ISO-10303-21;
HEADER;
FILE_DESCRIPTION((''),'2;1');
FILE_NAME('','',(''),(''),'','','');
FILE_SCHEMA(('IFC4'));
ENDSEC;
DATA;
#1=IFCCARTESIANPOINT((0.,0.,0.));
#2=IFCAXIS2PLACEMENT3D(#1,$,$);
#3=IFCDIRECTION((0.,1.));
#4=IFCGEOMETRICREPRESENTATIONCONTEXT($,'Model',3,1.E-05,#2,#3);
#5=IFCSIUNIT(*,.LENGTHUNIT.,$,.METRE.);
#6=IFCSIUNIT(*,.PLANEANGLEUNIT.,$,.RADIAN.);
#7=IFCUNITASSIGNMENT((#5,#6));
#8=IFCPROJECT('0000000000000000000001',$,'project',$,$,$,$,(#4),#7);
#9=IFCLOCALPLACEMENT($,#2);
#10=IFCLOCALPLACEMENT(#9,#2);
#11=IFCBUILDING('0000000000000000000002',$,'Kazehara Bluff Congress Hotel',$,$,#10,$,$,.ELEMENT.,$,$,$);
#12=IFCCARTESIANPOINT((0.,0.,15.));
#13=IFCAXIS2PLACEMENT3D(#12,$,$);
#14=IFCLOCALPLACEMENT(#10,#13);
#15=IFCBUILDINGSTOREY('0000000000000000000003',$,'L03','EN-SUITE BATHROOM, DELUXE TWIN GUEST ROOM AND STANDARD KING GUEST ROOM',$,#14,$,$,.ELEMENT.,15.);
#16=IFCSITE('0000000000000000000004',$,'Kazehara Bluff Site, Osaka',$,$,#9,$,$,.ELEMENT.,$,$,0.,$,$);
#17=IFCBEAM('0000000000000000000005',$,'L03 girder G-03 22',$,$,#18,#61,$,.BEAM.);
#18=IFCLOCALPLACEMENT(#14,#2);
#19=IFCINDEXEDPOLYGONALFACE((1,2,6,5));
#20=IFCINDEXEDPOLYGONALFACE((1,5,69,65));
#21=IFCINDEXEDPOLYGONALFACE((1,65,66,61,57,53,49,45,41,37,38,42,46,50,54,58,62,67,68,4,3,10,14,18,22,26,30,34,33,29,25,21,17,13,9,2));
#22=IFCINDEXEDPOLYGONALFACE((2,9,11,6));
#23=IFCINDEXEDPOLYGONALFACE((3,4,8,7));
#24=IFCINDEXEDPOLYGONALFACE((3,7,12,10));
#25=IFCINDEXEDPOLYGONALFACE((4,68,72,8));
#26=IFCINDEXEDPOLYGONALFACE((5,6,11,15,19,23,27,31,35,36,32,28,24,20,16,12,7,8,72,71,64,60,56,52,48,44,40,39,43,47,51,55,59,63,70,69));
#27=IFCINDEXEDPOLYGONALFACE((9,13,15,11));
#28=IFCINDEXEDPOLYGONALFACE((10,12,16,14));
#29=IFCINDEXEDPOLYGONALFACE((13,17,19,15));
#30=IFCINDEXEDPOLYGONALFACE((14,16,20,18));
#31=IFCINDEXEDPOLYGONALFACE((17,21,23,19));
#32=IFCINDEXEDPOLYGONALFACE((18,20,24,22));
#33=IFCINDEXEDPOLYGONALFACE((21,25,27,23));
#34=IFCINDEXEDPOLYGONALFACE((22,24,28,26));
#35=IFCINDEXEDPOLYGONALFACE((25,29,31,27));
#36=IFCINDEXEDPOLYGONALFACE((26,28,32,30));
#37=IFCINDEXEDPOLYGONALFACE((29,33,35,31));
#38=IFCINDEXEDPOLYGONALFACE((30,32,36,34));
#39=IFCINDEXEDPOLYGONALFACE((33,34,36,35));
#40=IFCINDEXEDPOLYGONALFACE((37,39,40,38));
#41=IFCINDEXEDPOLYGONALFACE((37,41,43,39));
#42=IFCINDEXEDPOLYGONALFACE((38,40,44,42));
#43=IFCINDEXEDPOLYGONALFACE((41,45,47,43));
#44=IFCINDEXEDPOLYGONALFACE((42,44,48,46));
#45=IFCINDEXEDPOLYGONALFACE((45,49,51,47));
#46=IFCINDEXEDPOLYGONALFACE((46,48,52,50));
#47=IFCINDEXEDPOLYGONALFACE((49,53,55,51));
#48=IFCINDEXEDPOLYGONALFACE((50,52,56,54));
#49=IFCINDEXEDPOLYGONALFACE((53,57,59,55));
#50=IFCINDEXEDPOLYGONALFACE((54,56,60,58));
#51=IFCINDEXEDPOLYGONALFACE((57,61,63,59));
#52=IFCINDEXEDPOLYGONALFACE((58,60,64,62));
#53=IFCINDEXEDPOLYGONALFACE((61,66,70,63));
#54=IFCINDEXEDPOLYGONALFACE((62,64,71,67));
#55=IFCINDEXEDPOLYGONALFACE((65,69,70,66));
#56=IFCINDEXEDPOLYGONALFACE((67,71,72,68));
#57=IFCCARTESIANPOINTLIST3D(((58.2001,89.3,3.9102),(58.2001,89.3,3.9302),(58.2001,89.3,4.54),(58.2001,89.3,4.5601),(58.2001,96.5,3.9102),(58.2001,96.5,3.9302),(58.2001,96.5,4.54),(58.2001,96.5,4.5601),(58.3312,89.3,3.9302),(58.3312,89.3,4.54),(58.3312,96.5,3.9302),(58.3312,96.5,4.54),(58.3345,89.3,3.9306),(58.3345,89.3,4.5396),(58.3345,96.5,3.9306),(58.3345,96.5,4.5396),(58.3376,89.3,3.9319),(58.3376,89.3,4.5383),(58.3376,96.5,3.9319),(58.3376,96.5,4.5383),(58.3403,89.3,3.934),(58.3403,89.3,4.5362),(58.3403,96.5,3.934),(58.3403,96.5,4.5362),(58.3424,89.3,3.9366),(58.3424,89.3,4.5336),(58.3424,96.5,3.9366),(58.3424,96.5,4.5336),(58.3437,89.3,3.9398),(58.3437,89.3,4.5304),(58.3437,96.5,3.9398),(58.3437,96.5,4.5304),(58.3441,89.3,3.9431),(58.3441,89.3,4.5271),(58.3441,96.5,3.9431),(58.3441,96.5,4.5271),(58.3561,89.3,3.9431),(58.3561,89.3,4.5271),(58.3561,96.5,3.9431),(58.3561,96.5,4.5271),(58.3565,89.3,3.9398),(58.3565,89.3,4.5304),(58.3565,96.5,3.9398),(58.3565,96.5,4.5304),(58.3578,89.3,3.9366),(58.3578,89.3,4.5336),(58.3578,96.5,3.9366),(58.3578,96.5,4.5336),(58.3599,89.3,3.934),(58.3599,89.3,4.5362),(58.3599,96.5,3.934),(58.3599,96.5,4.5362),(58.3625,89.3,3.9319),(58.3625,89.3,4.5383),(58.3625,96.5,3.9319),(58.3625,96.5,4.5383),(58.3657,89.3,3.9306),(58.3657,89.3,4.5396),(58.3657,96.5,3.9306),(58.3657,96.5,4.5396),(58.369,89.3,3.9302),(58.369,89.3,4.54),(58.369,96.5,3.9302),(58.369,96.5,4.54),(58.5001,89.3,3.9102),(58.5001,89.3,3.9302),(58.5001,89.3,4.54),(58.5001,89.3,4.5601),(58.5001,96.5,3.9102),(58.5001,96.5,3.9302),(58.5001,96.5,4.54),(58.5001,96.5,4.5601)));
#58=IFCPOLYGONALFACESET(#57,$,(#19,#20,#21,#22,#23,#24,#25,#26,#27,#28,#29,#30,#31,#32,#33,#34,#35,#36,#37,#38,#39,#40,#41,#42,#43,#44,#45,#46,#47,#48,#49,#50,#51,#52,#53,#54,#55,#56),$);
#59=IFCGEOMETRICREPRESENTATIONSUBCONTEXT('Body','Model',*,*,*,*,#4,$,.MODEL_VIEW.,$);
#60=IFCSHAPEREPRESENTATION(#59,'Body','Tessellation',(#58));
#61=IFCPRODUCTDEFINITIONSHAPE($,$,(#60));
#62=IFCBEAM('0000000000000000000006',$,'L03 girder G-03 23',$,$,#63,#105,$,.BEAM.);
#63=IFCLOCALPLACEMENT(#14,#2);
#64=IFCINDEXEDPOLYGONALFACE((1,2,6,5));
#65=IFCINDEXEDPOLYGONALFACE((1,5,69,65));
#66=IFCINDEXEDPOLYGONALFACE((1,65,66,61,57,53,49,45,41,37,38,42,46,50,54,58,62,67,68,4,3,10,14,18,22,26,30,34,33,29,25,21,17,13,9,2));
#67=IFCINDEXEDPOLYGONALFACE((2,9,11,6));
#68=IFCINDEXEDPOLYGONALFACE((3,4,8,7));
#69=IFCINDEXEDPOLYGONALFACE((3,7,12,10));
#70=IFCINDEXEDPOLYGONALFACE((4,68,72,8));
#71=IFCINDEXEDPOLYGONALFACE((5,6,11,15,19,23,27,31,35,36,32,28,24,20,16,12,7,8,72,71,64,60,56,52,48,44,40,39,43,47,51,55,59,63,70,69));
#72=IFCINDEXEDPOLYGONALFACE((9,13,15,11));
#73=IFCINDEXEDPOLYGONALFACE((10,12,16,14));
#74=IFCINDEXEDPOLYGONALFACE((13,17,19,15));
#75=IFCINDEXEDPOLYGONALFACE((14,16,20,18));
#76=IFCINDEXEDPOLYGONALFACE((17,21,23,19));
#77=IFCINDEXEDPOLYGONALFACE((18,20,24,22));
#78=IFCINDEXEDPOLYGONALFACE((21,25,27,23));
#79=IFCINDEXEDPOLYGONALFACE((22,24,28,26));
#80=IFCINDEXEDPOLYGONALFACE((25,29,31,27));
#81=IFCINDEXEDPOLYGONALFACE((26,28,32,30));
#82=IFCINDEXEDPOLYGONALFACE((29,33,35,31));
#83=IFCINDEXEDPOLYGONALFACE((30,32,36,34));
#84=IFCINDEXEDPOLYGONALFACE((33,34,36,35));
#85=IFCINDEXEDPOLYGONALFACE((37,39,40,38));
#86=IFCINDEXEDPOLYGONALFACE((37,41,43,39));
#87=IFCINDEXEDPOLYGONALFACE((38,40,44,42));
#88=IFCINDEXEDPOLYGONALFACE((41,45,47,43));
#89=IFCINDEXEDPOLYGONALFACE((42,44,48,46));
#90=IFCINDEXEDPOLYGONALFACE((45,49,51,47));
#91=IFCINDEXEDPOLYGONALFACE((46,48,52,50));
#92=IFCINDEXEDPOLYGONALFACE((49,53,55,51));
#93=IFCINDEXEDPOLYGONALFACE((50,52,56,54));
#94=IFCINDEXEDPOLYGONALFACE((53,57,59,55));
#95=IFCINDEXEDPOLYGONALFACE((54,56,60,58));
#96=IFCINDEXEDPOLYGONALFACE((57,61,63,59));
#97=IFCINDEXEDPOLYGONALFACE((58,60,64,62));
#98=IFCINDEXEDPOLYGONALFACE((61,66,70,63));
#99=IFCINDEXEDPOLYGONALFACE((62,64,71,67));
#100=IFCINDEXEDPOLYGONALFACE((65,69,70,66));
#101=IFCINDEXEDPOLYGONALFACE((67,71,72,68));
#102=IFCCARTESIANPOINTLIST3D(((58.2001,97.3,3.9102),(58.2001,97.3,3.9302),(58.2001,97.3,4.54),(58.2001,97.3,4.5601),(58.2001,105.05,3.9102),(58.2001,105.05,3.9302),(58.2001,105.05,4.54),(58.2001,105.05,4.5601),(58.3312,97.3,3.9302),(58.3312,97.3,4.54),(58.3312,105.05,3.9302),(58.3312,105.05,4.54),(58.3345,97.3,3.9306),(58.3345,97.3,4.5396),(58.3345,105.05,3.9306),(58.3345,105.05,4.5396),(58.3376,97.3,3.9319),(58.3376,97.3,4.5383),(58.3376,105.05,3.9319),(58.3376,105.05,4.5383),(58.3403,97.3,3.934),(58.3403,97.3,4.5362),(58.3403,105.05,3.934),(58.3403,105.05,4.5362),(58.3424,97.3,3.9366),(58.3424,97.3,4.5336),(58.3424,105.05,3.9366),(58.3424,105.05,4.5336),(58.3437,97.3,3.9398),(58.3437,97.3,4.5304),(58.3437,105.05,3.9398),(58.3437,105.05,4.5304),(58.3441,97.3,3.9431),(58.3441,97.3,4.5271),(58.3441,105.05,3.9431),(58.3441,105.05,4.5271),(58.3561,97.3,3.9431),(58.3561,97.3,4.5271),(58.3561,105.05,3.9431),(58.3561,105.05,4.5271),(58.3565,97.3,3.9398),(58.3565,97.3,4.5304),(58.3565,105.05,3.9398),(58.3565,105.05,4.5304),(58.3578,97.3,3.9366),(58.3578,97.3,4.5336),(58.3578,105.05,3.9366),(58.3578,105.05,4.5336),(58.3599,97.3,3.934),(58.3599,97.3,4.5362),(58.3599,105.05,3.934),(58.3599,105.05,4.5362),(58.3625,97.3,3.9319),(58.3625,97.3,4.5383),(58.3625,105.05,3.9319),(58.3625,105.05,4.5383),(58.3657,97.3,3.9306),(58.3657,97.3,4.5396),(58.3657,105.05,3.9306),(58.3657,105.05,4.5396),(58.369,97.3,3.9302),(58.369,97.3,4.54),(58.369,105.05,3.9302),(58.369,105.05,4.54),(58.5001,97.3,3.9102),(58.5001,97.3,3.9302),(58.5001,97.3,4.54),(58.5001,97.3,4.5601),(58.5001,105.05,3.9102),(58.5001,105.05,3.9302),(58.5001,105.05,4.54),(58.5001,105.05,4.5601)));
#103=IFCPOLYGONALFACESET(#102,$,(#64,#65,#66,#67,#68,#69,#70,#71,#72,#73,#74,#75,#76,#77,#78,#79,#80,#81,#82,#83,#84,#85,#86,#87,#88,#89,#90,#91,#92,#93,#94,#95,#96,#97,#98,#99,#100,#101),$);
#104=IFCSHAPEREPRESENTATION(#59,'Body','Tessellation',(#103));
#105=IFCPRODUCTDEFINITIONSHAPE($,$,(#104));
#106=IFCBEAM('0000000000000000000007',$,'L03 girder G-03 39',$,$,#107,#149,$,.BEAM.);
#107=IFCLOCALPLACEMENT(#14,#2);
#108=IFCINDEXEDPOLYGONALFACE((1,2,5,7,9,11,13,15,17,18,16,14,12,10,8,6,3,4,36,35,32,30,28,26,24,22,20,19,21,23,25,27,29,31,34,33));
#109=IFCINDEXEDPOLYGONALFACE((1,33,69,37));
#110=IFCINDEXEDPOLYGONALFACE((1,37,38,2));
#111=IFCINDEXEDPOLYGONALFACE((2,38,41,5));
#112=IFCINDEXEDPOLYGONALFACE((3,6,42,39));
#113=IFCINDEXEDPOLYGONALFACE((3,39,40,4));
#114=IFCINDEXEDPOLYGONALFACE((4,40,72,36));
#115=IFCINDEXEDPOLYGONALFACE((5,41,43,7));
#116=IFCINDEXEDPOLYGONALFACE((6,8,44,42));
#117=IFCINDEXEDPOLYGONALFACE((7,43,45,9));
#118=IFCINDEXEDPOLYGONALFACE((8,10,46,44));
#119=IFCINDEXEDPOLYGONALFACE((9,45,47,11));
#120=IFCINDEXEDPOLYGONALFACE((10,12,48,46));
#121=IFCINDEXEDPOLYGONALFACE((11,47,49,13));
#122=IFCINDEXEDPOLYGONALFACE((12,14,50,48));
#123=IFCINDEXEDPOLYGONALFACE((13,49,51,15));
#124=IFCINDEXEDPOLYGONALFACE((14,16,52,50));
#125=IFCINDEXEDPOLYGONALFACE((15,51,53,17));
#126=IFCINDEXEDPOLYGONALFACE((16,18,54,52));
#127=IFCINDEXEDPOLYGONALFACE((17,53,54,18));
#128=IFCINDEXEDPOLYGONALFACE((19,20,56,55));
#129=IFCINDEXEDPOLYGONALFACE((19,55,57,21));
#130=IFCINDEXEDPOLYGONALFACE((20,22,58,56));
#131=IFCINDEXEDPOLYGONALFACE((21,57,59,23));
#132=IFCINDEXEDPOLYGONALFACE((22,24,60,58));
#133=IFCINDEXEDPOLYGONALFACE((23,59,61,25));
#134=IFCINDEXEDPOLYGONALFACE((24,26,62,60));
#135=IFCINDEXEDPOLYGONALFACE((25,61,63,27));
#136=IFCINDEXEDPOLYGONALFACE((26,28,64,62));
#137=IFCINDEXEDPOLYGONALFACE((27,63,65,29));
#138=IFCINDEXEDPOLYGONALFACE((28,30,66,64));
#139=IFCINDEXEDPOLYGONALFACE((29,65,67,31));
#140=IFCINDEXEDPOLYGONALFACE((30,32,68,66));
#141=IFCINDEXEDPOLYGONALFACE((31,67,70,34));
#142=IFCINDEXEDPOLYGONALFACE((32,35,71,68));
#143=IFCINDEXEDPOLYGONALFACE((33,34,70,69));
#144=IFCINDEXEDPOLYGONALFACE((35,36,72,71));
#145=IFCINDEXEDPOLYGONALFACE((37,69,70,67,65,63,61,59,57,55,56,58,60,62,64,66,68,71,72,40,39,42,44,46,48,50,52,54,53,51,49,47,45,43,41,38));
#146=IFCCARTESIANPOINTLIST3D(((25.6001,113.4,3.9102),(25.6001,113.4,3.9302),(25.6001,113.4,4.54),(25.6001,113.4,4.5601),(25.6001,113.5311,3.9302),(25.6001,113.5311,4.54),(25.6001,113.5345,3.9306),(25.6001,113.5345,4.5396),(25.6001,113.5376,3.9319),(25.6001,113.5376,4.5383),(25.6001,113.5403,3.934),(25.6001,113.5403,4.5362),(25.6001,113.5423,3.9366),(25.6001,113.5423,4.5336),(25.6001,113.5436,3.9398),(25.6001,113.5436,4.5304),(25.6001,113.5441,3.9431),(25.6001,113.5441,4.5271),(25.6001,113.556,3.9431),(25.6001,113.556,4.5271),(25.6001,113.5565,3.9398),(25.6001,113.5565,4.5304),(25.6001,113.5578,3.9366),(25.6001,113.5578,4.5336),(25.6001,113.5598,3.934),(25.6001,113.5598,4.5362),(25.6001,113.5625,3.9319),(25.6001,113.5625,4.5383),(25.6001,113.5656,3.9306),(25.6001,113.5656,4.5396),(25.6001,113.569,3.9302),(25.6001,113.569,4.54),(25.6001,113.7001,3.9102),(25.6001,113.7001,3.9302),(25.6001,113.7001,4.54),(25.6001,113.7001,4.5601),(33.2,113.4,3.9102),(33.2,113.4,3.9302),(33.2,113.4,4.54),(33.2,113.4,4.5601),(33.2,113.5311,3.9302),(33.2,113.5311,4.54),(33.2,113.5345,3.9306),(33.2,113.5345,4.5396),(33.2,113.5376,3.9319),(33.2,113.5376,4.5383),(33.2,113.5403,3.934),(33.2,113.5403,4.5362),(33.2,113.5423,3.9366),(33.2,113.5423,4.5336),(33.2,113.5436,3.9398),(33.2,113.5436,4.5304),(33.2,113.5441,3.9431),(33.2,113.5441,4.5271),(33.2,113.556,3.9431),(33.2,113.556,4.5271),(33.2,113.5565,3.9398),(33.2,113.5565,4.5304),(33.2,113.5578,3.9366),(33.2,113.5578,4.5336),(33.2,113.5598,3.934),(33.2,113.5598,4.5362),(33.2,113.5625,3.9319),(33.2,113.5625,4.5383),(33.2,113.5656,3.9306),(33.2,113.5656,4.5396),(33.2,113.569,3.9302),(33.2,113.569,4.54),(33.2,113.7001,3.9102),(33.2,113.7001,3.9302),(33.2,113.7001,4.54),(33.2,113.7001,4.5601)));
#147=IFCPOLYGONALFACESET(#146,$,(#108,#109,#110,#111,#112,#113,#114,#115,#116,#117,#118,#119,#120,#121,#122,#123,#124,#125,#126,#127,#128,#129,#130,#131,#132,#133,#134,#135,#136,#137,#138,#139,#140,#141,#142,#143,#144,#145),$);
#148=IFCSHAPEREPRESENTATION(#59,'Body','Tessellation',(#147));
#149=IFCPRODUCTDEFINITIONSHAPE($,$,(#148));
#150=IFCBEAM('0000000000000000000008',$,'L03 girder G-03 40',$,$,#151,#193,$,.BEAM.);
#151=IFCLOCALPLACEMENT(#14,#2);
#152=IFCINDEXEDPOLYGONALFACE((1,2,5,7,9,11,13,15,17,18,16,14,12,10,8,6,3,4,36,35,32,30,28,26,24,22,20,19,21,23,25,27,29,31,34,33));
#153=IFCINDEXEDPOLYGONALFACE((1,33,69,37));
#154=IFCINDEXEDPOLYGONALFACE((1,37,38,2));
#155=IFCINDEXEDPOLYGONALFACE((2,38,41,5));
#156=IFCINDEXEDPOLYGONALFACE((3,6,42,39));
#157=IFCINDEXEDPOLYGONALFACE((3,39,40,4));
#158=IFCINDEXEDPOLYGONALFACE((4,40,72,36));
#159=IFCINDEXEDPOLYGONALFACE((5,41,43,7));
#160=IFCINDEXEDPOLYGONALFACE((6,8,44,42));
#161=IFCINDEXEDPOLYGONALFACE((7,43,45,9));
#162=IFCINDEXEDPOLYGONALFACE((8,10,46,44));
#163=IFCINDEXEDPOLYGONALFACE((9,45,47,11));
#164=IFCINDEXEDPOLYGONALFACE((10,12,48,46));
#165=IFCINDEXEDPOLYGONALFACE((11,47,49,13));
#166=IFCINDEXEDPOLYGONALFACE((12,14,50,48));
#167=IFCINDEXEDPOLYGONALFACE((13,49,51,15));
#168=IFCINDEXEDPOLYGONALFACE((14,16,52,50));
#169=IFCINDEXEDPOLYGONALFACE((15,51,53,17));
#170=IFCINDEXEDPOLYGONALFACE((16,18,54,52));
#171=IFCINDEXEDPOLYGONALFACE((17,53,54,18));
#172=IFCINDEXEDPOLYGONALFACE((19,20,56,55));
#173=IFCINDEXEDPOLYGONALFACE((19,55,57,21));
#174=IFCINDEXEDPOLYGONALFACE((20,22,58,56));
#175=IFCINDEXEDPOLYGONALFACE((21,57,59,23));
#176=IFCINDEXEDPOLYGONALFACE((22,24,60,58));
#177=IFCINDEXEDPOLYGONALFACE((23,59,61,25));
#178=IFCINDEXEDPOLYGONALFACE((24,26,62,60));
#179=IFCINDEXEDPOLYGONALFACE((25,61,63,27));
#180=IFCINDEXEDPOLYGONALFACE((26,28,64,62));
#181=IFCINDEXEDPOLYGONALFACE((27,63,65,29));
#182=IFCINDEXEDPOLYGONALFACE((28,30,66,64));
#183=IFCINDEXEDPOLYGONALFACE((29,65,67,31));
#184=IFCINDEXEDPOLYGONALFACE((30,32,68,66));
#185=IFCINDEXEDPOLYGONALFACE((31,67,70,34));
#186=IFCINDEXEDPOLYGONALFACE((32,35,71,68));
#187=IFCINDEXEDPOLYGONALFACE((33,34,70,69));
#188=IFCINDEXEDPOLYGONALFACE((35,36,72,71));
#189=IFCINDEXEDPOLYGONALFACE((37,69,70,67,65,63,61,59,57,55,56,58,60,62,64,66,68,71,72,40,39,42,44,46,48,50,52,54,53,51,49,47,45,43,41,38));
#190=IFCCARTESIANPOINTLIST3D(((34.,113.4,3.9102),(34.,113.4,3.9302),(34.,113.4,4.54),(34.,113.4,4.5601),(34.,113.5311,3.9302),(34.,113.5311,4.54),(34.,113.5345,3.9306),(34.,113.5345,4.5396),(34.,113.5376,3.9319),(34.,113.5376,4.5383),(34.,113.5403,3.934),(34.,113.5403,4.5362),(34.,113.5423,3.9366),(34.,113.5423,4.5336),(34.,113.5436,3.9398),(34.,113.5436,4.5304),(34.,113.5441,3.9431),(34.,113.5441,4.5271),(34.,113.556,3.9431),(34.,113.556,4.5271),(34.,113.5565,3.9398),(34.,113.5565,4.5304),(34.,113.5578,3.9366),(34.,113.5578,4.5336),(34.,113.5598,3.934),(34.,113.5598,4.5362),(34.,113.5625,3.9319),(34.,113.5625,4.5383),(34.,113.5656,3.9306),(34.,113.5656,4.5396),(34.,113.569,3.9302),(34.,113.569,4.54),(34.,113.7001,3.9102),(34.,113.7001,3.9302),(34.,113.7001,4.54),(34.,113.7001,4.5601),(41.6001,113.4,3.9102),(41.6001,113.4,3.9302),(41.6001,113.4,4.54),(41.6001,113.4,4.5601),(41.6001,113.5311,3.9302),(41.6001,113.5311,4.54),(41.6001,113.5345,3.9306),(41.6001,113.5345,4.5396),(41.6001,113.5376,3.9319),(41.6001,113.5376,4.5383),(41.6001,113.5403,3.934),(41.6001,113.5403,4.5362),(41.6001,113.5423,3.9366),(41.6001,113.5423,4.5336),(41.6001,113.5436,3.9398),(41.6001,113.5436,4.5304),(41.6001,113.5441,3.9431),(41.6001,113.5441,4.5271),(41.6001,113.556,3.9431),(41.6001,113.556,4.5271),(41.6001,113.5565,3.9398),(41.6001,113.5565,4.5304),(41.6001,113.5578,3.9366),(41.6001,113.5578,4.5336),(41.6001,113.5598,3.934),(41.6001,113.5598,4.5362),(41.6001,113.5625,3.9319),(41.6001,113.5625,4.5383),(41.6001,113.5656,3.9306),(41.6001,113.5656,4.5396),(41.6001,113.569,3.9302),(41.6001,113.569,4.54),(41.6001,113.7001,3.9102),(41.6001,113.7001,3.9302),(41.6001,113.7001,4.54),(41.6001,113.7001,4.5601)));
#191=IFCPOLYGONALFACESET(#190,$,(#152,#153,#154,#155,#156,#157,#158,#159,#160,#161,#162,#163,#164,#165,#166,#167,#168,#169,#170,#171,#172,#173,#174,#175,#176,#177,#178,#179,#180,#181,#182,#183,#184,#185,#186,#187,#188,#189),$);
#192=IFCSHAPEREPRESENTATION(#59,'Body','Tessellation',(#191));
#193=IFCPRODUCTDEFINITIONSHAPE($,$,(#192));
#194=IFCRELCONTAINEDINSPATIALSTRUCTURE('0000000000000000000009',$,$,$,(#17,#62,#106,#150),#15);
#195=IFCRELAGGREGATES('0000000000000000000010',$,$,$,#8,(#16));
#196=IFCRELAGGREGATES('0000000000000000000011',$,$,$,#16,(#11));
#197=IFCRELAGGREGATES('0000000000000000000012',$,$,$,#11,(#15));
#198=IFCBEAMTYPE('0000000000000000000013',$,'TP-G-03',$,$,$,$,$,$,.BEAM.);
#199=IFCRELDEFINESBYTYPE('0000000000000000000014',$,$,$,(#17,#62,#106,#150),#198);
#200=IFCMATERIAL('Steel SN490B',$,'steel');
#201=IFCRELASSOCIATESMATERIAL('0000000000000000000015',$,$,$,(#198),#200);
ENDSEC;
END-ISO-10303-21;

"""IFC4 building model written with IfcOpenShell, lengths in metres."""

from ifc_helpers import new_model, si_unit, direction, frame, origin, origin_2d, place, context, subcontext, project, spatial, i_section, extrude, material, material_profile, profile_set, type_object, element, save


model = new_model("IFC4")

# Units and contexts
model_context = context("Model", 3, precision=1e-05, world=origin(), true_north=direction((0.0, 1.0)))
body_context = subcontext(model_context, "Body", "Model", "MODEL_VIEW")
ifc_project = project(units=[si_unit("LENGTHUNIT", "METRE"), si_unit("PLANEANGLEUNIT", "RADIAN")], contexts=[model_context])

# Site, building, storey
site_placement = place(None, origin())
site = spatial("IfcSite", under=ifc_project, at=site_placement, Name="Kazehara Bluff Site, Osaka", CompositionType="ELEMENT", RefElevation=0.0)
building_placement = place(site_placement, origin())
building = spatial("IfcBuilding", under=site, at=building_placement, Name="Kazehara Bluff Congress Hotel", CompositionType="ELEMENT")
storey_placement = place(building_placement, frame((0.0, 0.0, 15.0)))
storey = spatial("IfcBuildingStorey", under=building, at=storey_placement, Name="L03", Description="EN-SUITE BATHROOM, DELUXE TWIN GUEST ROOM AND STANDARD KING GUEST ROOM", CompositionType="ELEMENT", Elevation=15.0)

# Beams
ifc_material_1 = material(Name="Steel SN490B", Category="steel")
ifc_material_profile_1 = material_profile(ifc_material_1, i_section(OverallWidth=0.3, OverallDepth=0.6499, WebThickness=0.012, FlangeThickness=0.02, FilletRadius=0.0129, at=origin_2d()))
ifc_profile_set_1 = profile_set([ifc_material_profile_1], Name="Steel SN490B")
beam_type = type_object("IfcBeamType", Name="TP-G-03", PredefinedType="BEAM", material=ifc_profile_set_1)
for number, where, z_axis, x_axis, name in (
    (1, (58.3501, 89.3, 4.2351), (0.0, 1.0, 0.0), (-1.0, 0.0, 0.0), "L03 girder G-03 22"),
):
    element("IfcBeam", number, at=place(storey_placement, frame(where, z_axis=z_axis, x_axis=x_axis)), inside=storey, type_object=beam_type, Name=name, PredefinedType="BEAM", context=body_context, shape_type="SweptSolid", body=[
        extrude(i_section(OverallWidth=0.3, OverallDepth=0.6499, WebThickness=0.012, FlangeThickness=0.02, FilletRadius=0.0129, at=origin_2d()), origin(), (0.0, 0.0, 1.0), 7.2),
    ])
beam_1_placement = place(storey_placement, frame((58.3501, 97.3, 4.2351), z_axis=(0.0, 1.0, 0.0), x_axis=(-1.0, 0.0, 0.0)))
element("IfcBeam", 2, at=beam_1_placement, inside=storey, type_object=beam_type, Name="L03 girder G-03 23", PredefinedType="BEAM", context=body_context, shape_type="SweptSolid", body=[
    extrude(i_section(OverallWidth=0.3, OverallDepth=0.6499, WebThickness=0.012, FlangeThickness=0.02, FilletRadius=0.0129, at=origin_2d()), origin(), (0.0, 0.0, 1.0), 7.75),
])
beam_2_placement = place(storey_placement, frame((25.6001, 113.55, 4.2351), z_axis=(1.0, 0.0, 0.0), x_axis=(0.0, 1.0, 0.0)))
element("IfcBeam", 3, at=beam_2_placement, inside=storey, type_object=beam_type, Name="L03 girder G-03 39", PredefinedType="BEAM", context=body_context, shape_type="SweptSolid", body=[
    extrude(i_section(OverallWidth=0.3, OverallDepth=0.6499, WebThickness=0.012, FlangeThickness=0.02, FilletRadius=0.0129, at=origin_2d()), origin(), (0.0, 0.0, 1.0), 7.5999),
])
beam_3_placement = place(storey_placement, frame((34.0, 113.55, 4.2351), z_axis=(1.0, 0.0, 0.0), x_axis=(0.0, 1.0, 0.0)))
element("IfcBeam", 4, at=beam_3_placement, inside=storey, type_object=beam_type, Name="L03 girder G-03 40", PredefinedType="BEAM", context=body_context, shape_type="SweptSolid", body=[
    extrude(i_section(OverallWidth=0.3, OverallDepth=0.6499, WebThickness=0.012, FlangeThickness=0.02, FilletRadius=0.0129, at=origin_2d()), origin(), (0.0, 0.0, 1.0), 7.6001),
])

save(model, "model.ifc")
